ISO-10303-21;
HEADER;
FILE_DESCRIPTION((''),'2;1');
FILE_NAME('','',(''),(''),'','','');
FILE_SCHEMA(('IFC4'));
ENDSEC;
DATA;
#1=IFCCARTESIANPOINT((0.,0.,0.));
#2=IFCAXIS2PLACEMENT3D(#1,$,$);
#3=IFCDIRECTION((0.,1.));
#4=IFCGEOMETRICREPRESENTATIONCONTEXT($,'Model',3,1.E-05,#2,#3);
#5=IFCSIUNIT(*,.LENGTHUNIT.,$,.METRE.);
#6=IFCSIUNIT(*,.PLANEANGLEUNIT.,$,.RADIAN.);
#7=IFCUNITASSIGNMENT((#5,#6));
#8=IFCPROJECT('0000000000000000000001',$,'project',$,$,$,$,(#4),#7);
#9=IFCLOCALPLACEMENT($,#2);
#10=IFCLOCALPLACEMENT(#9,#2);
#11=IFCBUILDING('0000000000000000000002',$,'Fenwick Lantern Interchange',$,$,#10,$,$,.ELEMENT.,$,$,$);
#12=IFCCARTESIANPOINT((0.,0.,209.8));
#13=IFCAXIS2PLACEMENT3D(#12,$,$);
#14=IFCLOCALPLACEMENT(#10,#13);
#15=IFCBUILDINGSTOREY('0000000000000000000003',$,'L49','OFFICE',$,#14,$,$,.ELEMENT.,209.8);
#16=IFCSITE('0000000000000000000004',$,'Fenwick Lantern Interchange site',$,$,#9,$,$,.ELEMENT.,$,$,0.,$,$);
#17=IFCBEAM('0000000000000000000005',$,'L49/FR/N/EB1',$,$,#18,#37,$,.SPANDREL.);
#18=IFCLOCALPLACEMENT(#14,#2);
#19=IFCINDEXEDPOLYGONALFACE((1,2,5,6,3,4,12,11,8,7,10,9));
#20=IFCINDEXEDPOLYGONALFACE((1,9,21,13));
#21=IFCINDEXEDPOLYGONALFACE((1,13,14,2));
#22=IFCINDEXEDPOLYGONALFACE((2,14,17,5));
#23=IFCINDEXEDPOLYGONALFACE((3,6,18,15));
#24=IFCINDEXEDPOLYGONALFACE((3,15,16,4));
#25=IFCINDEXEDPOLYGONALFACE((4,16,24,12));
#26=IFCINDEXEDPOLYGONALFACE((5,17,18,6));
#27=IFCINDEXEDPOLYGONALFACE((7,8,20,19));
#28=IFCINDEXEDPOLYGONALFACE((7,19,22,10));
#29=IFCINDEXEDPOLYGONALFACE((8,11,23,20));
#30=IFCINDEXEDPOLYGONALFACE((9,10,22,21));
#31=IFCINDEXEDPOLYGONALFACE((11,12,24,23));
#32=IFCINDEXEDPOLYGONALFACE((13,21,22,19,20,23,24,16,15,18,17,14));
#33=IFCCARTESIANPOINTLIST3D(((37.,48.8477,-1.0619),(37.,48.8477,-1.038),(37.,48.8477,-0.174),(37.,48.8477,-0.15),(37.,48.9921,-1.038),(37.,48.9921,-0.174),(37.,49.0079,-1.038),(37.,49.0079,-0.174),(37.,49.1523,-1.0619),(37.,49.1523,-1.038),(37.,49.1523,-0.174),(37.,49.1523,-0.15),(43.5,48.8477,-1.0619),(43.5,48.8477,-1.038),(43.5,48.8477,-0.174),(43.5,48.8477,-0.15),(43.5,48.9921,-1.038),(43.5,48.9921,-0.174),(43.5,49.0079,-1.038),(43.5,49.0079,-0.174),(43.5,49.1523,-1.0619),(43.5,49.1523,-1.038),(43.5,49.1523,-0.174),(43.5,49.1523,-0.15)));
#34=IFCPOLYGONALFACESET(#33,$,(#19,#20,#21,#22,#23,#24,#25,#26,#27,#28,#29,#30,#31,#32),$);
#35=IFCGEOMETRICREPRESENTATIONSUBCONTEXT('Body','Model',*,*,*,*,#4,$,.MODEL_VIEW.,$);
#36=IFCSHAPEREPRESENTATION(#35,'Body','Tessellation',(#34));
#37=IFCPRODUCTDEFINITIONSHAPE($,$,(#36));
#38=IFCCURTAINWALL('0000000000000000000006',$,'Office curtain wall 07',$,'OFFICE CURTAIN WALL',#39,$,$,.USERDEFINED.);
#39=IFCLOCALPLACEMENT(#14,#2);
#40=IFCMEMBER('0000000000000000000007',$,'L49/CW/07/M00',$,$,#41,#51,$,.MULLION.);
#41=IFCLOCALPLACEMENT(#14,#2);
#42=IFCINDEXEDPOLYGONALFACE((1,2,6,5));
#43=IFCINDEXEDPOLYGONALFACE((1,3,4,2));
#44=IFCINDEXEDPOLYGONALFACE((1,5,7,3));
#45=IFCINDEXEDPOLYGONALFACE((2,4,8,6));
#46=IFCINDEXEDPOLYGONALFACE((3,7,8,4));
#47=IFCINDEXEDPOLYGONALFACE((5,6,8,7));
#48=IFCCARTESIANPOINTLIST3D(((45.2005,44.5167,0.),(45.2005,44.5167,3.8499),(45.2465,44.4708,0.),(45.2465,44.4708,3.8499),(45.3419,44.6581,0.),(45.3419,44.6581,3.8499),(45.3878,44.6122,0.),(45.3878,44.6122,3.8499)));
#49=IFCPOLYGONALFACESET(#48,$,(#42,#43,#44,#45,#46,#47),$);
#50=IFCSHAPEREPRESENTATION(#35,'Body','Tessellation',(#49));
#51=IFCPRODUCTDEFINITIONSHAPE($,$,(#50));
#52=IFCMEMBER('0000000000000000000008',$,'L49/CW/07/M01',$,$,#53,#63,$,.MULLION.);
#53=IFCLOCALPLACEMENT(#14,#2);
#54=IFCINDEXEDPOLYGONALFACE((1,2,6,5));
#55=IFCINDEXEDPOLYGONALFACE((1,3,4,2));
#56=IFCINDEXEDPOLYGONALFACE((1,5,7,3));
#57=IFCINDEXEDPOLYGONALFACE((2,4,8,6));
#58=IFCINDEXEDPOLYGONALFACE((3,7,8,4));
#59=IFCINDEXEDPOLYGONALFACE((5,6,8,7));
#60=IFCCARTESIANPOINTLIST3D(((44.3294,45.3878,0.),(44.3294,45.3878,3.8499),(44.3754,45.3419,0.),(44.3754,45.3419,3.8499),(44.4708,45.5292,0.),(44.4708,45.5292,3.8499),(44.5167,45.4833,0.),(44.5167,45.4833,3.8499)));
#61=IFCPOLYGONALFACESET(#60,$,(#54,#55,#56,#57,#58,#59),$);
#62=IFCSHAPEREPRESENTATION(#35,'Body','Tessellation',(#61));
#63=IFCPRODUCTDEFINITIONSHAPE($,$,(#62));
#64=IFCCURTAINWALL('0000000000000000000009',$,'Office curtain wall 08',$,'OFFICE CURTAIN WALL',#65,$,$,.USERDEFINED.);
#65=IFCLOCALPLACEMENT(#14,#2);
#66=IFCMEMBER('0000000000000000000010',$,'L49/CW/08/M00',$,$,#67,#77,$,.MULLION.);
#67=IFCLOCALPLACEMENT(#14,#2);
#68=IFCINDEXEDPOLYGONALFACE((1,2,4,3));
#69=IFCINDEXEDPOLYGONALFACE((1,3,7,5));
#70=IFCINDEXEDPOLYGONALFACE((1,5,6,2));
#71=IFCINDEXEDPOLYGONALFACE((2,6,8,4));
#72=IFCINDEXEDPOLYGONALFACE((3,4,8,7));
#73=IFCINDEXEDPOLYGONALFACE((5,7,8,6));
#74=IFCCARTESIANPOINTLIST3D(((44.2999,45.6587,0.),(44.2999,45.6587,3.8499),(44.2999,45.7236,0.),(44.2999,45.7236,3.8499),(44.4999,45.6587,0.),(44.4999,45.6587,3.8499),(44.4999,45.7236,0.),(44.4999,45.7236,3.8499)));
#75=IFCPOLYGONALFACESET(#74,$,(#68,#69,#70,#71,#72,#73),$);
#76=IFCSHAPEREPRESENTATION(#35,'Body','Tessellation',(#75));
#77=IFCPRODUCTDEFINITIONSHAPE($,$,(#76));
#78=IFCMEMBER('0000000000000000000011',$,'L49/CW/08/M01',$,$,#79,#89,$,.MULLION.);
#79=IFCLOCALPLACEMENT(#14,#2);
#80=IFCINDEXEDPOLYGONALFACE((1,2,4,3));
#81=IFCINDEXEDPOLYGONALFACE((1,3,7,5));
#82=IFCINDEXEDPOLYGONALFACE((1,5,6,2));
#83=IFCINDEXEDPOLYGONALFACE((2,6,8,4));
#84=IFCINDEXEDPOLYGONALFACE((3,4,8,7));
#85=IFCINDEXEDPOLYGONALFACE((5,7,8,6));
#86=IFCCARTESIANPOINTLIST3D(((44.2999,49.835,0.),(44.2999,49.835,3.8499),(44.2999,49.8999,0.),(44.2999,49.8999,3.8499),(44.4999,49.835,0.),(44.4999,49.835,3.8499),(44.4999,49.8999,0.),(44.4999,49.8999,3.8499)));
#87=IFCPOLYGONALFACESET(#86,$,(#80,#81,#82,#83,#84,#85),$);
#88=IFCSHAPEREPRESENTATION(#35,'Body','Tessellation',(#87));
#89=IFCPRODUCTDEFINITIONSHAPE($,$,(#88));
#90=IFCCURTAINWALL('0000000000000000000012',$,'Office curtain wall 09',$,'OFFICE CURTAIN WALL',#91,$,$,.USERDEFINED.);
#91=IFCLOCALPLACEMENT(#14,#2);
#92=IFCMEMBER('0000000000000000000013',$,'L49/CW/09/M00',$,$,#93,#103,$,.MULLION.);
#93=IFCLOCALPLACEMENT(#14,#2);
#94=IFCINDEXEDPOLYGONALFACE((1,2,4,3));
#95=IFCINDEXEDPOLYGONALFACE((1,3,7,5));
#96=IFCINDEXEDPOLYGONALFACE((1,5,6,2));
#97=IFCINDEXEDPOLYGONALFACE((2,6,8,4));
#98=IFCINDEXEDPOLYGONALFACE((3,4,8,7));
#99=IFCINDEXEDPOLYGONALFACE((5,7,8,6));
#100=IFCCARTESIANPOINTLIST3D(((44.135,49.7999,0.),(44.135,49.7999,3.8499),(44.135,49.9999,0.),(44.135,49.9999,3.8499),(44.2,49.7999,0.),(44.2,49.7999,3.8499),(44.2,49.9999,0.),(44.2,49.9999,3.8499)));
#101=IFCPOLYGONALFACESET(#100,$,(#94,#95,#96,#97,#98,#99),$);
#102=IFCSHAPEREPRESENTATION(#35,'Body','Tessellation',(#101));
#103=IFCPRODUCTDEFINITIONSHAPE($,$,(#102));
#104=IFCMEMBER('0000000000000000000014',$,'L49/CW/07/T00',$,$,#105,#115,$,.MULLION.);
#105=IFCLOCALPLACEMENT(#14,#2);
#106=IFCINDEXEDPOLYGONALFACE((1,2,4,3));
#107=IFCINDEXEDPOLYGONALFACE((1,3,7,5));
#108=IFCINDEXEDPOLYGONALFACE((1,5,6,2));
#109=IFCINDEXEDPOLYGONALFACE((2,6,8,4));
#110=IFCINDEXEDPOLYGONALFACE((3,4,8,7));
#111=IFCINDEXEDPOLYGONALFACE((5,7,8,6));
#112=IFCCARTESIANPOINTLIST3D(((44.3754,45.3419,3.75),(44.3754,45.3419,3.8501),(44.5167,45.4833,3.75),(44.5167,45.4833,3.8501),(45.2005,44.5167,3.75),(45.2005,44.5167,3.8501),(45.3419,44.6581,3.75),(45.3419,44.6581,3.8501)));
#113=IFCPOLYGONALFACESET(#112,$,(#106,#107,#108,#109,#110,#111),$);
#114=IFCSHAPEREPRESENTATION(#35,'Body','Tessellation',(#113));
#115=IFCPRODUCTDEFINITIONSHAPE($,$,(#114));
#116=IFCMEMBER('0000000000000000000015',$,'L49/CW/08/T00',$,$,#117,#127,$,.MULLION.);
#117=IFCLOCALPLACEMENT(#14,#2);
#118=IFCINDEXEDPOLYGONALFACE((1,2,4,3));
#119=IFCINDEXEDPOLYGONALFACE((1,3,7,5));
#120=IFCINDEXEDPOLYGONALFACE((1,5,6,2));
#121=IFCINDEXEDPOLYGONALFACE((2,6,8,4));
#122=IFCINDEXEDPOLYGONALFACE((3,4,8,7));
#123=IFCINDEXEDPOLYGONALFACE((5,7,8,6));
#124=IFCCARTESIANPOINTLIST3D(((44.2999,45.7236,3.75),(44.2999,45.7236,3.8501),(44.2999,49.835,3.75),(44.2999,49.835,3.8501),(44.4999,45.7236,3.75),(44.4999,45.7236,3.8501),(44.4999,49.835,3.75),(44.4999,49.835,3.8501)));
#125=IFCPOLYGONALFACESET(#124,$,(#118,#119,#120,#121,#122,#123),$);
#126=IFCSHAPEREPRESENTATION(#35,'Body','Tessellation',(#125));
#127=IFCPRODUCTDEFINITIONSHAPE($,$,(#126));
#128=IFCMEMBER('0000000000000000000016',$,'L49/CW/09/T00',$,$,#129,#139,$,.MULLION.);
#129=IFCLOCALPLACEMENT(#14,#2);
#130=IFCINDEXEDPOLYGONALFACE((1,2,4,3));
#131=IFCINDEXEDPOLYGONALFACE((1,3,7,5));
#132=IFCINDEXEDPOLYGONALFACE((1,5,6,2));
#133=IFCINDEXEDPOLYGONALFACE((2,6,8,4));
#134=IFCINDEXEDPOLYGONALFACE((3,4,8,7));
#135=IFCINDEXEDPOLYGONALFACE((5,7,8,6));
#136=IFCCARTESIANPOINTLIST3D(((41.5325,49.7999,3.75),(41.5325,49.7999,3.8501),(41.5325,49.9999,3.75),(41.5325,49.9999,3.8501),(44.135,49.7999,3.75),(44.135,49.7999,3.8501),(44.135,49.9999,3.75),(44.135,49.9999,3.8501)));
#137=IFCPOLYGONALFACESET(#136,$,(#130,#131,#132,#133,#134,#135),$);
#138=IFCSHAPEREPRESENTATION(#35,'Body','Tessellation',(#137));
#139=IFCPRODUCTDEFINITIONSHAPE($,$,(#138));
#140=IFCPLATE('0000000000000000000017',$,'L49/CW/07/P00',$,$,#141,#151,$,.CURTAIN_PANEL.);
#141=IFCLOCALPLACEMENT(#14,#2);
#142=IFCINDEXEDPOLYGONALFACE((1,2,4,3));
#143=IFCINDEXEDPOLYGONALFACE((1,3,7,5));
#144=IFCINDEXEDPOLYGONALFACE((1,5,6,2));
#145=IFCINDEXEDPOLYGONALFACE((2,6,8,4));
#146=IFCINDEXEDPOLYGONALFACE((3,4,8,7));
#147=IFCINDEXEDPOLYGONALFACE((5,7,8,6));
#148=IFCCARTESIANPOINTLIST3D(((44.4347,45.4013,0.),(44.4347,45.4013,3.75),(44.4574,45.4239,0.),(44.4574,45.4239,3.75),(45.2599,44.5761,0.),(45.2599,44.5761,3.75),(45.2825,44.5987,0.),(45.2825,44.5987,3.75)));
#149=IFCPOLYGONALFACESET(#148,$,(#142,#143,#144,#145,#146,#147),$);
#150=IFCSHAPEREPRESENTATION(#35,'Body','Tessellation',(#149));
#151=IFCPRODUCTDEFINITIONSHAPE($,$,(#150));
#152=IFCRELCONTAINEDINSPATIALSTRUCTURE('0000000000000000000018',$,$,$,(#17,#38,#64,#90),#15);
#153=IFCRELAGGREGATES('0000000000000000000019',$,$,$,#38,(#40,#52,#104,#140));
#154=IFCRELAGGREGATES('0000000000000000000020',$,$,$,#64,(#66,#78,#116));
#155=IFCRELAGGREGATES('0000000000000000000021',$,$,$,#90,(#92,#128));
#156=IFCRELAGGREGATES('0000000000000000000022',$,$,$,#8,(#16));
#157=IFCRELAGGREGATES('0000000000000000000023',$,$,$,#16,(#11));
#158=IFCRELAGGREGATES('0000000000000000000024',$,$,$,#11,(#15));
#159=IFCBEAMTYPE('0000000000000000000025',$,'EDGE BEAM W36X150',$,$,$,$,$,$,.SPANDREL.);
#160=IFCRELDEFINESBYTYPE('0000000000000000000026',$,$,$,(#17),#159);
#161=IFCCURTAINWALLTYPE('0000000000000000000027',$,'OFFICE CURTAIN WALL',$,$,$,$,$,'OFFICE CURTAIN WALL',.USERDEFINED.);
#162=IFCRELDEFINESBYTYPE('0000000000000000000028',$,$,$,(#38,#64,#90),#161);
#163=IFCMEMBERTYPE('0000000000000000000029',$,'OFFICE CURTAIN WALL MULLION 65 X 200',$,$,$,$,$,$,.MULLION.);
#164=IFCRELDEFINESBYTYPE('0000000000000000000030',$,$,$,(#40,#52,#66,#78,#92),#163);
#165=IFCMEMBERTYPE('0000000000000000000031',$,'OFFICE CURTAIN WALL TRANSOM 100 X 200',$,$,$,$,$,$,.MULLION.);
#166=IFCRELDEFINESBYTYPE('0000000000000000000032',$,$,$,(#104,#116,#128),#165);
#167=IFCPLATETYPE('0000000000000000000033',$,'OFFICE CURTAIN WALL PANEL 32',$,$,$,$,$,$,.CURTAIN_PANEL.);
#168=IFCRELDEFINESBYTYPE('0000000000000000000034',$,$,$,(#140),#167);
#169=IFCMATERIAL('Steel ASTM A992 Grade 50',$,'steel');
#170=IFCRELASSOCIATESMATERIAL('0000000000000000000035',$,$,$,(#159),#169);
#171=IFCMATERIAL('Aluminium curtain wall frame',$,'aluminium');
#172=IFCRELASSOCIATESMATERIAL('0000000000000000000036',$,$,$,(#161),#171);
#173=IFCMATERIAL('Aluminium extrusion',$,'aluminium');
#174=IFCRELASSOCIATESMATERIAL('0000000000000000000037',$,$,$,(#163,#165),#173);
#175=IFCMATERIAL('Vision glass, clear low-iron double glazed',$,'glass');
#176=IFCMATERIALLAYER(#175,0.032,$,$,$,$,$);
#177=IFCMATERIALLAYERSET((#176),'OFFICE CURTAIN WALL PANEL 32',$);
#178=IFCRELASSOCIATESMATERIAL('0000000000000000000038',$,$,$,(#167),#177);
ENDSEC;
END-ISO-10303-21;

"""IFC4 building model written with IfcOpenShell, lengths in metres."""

from ifc_helpers import new_model, si_unit, direction, frame, origin, origin_2d, place, context, subcontext, project, spatial, rectangle, i_section, extrude, material, layer, layer_set, material_profile, profile_set, type_object, element, aggregate, save


model = new_model("IFC4")

# Units and contexts
model_context = context("Model", 3, precision=1e-05, world=origin(), true_north=direction((0.0, 1.0)))
body_context = subcontext(model_context, "Body", "Model", "MODEL_VIEW")
ifc_project = project(units=[si_unit("LENGTHUNIT", "METRE"), si_unit("PLANEANGLEUNIT", "RADIAN")], contexts=[model_context])

# Site, building, storey
site_placement = place(None, origin())
site = spatial("IfcSite", under=ifc_project, at=site_placement, Name="Fenwick Lantern Interchange site", CompositionType="ELEMENT", RefElevation=0.0)
building_placement = place(site_placement, origin())
building = spatial("IfcBuilding", under=site, at=building_placement, Name="Fenwick Lantern Interchange", CompositionType="ELEMENT")
storey_placement = place(building_placement, frame((0.0, 0.0, 209.8)))
storey = spatial("IfcBuildingStorey", under=building, at=storey_placement, Name="L49", Description="OFFICE", CompositionType="ELEMENT", Elevation=209.8)

# Beam
ifc_material_1 = material(Name="Steel ASTM A992 Grade 50", Category="steel")
ifc_material_profile_1 = material_profile(ifc_material_1, i_section(OverallWidth=0.3047, OverallDepth=0.9119, WebThickness=0.0159, FlangeThickness=0.0239, at=origin_2d()), Name="W36X150")
ifc_profile_set_1 = profile_set([ifc_material_profile_1], Name="Steel ASTM A992 Grade 50")
beam_type = type_object("IfcBeamType", Name="EDGE BEAM W36X150", PredefinedType="SPANDREL", material=ifc_profile_set_1)
beam_placement = place(storey_placement, frame((43.5, 49.0, -0.606), z_axis=(-1.0, 0.0, 0.0), x_axis=(0.0, -1.0, 0.0)))
element("IfcBeam", 1, at=beam_placement, inside=storey, type_object=beam_type, Name="L49/FR/N/EB1", PredefinedType="SPANDREL", context=body_context, shape_type="SweptSolid", body=[
    extrude(i_section(OverallWidth=0.3047, OverallDepth=0.9119, WebThickness=0.0159, FlangeThickness=0.0239, at=origin_2d()), origin(), (0.0, 0.0, 1.0), 6.5),
])

# Curtain walls, members
ifc_material_2 = material(Name="Aluminium curtain wall frame", Category="aluminium")
curtain_wall_type = type_object("IfcCurtainWallType", Name="OFFICE CURTAIN WALL", ElementType="OFFICE CURTAIN WALL", PredefinedType="USERDEFINED", material=ifc_material_2)
curtain_wall_1_placement = place(storey_placement, origin())
curtain_wall_1 = element("IfcCurtainWall", 2, at=curtain_wall_1_placement, inside=storey, type_object=curtain_wall_type, Name="Office curtain wall 07", ObjectType="OFFICE CURTAIN WALL", PredefinedType="USERDEFINED")
ifc_material_3 = material(Name="Aluminium extrusion", Category="aluminium")
ifc_material_profile_2 = material_profile(ifc_material_3, rectangle(XDim=0.2, YDim=0.0649, at=origin_2d()), Name="OFFICE CURTAIN WALL MULLION 65 X 200")
ifc_profile_set_2 = profile_set([ifc_material_profile_2], Name="Aluminium extrusion")
member_type_1 = type_object("IfcMemberType", Name="OFFICE CURTAIN WALL MULLION 65 X 200", PredefinedType="MULLION", material=ifc_profile_set_2)
member_1_placement = place(storey_placement, frame((45.2942, 44.5645, 0.0), z_axis=(0.0, 0.0, 1.0), x_axis=(-0.707107, -0.707107, 0.0)))
member_1 = element("IfcMember", 3, at=member_1_placement, type_object=member_type_1, Name="L49/CW/07/M00", PredefinedType="MULLION", context=body_context, shape_type="SweptSolid", body=[
    extrude(rectangle(XDim=0.2, YDim=0.0649, at=origin_2d()), origin(), (0.0, 0.0, 1.0), 3.8499),
])
member_2_placement = place(storey_placement, frame((44.4231, 45.4355, 0.0), z_axis=(0.0, 0.0, 1.0), x_axis=(-0.707107, -0.707107, 0.0)))
member_2 = element("IfcMember", 4, at=member_2_placement, type_object=member_type_1, Name="L49/CW/07/M01", PredefinedType="MULLION", context=body_context, shape_type="SweptSolid", body=[
    extrude(rectangle(XDim=0.2, YDim=0.0649, at=origin_2d()), origin(), (0.0, 0.0, 1.0), 3.8499),
])
curtain_wall_2_placement = place(storey_placement, origin())
curtain_wall_2 = element("IfcCurtainWall", 5, at=curtain_wall_2_placement, inside=storey, type_object=curtain_wall_type, Name="Office curtain wall 08", ObjectType="OFFICE CURTAIN WALL", PredefinedType="USERDEFINED")
member_3_placement = place(storey_placement, frame((44.3999, 45.6912, 0.0), z_axis=(0.0, 0.0, 1.0), x_axis=(-1.0, 0.0, 0.0)))
member_3 = element("IfcMember", 6, at=member_3_placement, type_object=member_type_1, Name="L49/CW/08/M00", PredefinedType="MULLION", context=body_context, shape_type="SweptSolid", body=[
    extrude(rectangle(XDim=0.2, YDim=0.0649, at=origin_2d()), origin(), (0.0, 0.0, 1.0), 3.8499),
])
member_4_placement = place(storey_placement, frame((44.3999, 49.8674, 0.0), z_axis=(0.0, 0.0, 1.0), x_axis=(-1.0, 0.0, 0.0)))
member_4 = element("IfcMember", 7, at=member_4_placement, type_object=member_type_1, Name="L49/CW/08/M01", PredefinedType="MULLION", context=body_context, shape_type="SweptSolid", body=[
    extrude(rectangle(XDim=0.2, YDim=0.0649, at=origin_2d()), origin(), (0.0, 0.0, 1.0), 3.8499),
])

# Curtain wall, member
curtain_wall_3_placement = place(storey_placement, origin())
curtain_wall_3 = element("IfcCurtainWall", 8, at=curtain_wall_3_placement, inside=storey, type_object=curtain_wall_type, Name="Office curtain wall 09", ObjectType="OFFICE CURTAIN WALL", PredefinedType="USERDEFINED")
member_5_placement = place(storey_placement, frame((44.1675, 49.8999, 0.0), z_axis=(0.0, 0.0, 1.0), x_axis=(0.0, -1.0, 0.0)))
member_5 = element("IfcMember", 9, at=member_5_placement, type_object=member_type_1, Name="L49/CW/09/M00", PredefinedType="MULLION", context=body_context, shape_type="SweptSolid", body=[
    extrude(rectangle(XDim=0.2, YDim=0.0649, at=origin_2d()), origin(), (0.0, 0.0, 1.0), 3.8499),
])

# Members
ifc_material_profile_3 = material_profile(ifc_material_3, rectangle(XDim=0.2, YDim=0.1001, at=origin_2d()), Name="OFFICE CURTAIN WALL TRANSOM 100 X 200")
ifc_profile_set_3 = profile_set([ifc_material_profile_3], Name="Aluminium extrusion")
member_type_2 = type_object("IfcMemberType", Name="OFFICE CURTAIN WALL TRANSOM 100 X 200", PredefinedType="MULLION", material=ifc_profile_set_3)
member_6_placement = place(storey_placement, frame((45.2712, 44.5874, 3.8), z_axis=(-0.707107, 0.707107, 0.0), x_axis=(-0.707107, -0.707107, 0.0)))
member_6 = element("IfcMember", 10, at=member_6_placement, type_object=member_type_2, Name="L49/CW/07/T00", PredefinedType="MULLION", context=body_context, shape_type="SweptSolid", body=[
    extrude(rectangle(XDim=0.2, YDim=0.1001, at=origin_2d()), origin(), (0.0, 0.0, 1.0), 1.167),
])
member_7_placement = place(storey_placement, frame((44.3999, 45.7236, 3.8), z_axis=(0.0, 1.0, 0.0), x_axis=(-1.0, 0.0, 0.0)))
member_7 = element("IfcMember", 11, at=member_7_placement, type_object=member_type_2, Name="L49/CW/08/T00", PredefinedType="MULLION", context=body_context, shape_type="SweptSolid", body=[
    extrude(rectangle(XDim=0.2, YDim=0.1001, at=origin_2d()), origin(), (0.0, 0.0, 1.0), 4.1113),
])
member_8_placement = place(storey_placement, frame((44.135, 49.8999, 3.8), z_axis=(-1.0, 0.0, 0.0), x_axis=(0.0, -1.0, 0.0)))
member_8 = element("IfcMember", 12, at=member_8_placement, type_object=member_type_2, Name="L49/CW/09/T00", PredefinedType="MULLION", context=body_context, shape_type="SweptSolid", body=[
    extrude(rectangle(XDim=0.2, YDim=0.1001, at=origin_2d()), origin(), (0.0, 0.0, 1.0), 2.6025),
])

# Plate
ifc_material_4 = material(Name="Vision glass, clear low-iron double glazed", Category="glass")
ifc_layer_1 = layer(ifc_material_4, 0.032)
ifc_layer_set_1 = layer_set([ifc_layer_1], Name="OFFICE CURTAIN WALL PANEL 32")
plate_type = type_object("IfcPlateType", Name="OFFICE CURTAIN WALL PANEL 32", PredefinedType="CURTAIN_PANEL", material=ifc_layer_set_1)
plate_1_placement = place(storey_placement, frame((44.8586, 45.0, 0.0), z_axis=(0.0, 0.0, 1.0), x_axis=(-0.707107, 0.707107, 0.0)))
plate_1 = element("IfcPlate", 13, at=plate_1_placement, type_object=plate_type, Name="L49/CW/07/P00", PredefinedType="CURTAIN_PANEL", context=body_context, shape_type="SweptSolid", body=[
    extrude(rectangle(XDim=1.167, YDim=0.032, at=origin_2d()), origin(), (0.0, 0.0, 1.0), 3.75),
])
aggregate(curtain_wall_1, [member_1, member_2, member_6, plate_1])
aggregate(curtain_wall_2, [member_3, member_4, member_7])
aggregate(curtain_wall_3, [member_5, member_8])

save(model, "model.ifc")
